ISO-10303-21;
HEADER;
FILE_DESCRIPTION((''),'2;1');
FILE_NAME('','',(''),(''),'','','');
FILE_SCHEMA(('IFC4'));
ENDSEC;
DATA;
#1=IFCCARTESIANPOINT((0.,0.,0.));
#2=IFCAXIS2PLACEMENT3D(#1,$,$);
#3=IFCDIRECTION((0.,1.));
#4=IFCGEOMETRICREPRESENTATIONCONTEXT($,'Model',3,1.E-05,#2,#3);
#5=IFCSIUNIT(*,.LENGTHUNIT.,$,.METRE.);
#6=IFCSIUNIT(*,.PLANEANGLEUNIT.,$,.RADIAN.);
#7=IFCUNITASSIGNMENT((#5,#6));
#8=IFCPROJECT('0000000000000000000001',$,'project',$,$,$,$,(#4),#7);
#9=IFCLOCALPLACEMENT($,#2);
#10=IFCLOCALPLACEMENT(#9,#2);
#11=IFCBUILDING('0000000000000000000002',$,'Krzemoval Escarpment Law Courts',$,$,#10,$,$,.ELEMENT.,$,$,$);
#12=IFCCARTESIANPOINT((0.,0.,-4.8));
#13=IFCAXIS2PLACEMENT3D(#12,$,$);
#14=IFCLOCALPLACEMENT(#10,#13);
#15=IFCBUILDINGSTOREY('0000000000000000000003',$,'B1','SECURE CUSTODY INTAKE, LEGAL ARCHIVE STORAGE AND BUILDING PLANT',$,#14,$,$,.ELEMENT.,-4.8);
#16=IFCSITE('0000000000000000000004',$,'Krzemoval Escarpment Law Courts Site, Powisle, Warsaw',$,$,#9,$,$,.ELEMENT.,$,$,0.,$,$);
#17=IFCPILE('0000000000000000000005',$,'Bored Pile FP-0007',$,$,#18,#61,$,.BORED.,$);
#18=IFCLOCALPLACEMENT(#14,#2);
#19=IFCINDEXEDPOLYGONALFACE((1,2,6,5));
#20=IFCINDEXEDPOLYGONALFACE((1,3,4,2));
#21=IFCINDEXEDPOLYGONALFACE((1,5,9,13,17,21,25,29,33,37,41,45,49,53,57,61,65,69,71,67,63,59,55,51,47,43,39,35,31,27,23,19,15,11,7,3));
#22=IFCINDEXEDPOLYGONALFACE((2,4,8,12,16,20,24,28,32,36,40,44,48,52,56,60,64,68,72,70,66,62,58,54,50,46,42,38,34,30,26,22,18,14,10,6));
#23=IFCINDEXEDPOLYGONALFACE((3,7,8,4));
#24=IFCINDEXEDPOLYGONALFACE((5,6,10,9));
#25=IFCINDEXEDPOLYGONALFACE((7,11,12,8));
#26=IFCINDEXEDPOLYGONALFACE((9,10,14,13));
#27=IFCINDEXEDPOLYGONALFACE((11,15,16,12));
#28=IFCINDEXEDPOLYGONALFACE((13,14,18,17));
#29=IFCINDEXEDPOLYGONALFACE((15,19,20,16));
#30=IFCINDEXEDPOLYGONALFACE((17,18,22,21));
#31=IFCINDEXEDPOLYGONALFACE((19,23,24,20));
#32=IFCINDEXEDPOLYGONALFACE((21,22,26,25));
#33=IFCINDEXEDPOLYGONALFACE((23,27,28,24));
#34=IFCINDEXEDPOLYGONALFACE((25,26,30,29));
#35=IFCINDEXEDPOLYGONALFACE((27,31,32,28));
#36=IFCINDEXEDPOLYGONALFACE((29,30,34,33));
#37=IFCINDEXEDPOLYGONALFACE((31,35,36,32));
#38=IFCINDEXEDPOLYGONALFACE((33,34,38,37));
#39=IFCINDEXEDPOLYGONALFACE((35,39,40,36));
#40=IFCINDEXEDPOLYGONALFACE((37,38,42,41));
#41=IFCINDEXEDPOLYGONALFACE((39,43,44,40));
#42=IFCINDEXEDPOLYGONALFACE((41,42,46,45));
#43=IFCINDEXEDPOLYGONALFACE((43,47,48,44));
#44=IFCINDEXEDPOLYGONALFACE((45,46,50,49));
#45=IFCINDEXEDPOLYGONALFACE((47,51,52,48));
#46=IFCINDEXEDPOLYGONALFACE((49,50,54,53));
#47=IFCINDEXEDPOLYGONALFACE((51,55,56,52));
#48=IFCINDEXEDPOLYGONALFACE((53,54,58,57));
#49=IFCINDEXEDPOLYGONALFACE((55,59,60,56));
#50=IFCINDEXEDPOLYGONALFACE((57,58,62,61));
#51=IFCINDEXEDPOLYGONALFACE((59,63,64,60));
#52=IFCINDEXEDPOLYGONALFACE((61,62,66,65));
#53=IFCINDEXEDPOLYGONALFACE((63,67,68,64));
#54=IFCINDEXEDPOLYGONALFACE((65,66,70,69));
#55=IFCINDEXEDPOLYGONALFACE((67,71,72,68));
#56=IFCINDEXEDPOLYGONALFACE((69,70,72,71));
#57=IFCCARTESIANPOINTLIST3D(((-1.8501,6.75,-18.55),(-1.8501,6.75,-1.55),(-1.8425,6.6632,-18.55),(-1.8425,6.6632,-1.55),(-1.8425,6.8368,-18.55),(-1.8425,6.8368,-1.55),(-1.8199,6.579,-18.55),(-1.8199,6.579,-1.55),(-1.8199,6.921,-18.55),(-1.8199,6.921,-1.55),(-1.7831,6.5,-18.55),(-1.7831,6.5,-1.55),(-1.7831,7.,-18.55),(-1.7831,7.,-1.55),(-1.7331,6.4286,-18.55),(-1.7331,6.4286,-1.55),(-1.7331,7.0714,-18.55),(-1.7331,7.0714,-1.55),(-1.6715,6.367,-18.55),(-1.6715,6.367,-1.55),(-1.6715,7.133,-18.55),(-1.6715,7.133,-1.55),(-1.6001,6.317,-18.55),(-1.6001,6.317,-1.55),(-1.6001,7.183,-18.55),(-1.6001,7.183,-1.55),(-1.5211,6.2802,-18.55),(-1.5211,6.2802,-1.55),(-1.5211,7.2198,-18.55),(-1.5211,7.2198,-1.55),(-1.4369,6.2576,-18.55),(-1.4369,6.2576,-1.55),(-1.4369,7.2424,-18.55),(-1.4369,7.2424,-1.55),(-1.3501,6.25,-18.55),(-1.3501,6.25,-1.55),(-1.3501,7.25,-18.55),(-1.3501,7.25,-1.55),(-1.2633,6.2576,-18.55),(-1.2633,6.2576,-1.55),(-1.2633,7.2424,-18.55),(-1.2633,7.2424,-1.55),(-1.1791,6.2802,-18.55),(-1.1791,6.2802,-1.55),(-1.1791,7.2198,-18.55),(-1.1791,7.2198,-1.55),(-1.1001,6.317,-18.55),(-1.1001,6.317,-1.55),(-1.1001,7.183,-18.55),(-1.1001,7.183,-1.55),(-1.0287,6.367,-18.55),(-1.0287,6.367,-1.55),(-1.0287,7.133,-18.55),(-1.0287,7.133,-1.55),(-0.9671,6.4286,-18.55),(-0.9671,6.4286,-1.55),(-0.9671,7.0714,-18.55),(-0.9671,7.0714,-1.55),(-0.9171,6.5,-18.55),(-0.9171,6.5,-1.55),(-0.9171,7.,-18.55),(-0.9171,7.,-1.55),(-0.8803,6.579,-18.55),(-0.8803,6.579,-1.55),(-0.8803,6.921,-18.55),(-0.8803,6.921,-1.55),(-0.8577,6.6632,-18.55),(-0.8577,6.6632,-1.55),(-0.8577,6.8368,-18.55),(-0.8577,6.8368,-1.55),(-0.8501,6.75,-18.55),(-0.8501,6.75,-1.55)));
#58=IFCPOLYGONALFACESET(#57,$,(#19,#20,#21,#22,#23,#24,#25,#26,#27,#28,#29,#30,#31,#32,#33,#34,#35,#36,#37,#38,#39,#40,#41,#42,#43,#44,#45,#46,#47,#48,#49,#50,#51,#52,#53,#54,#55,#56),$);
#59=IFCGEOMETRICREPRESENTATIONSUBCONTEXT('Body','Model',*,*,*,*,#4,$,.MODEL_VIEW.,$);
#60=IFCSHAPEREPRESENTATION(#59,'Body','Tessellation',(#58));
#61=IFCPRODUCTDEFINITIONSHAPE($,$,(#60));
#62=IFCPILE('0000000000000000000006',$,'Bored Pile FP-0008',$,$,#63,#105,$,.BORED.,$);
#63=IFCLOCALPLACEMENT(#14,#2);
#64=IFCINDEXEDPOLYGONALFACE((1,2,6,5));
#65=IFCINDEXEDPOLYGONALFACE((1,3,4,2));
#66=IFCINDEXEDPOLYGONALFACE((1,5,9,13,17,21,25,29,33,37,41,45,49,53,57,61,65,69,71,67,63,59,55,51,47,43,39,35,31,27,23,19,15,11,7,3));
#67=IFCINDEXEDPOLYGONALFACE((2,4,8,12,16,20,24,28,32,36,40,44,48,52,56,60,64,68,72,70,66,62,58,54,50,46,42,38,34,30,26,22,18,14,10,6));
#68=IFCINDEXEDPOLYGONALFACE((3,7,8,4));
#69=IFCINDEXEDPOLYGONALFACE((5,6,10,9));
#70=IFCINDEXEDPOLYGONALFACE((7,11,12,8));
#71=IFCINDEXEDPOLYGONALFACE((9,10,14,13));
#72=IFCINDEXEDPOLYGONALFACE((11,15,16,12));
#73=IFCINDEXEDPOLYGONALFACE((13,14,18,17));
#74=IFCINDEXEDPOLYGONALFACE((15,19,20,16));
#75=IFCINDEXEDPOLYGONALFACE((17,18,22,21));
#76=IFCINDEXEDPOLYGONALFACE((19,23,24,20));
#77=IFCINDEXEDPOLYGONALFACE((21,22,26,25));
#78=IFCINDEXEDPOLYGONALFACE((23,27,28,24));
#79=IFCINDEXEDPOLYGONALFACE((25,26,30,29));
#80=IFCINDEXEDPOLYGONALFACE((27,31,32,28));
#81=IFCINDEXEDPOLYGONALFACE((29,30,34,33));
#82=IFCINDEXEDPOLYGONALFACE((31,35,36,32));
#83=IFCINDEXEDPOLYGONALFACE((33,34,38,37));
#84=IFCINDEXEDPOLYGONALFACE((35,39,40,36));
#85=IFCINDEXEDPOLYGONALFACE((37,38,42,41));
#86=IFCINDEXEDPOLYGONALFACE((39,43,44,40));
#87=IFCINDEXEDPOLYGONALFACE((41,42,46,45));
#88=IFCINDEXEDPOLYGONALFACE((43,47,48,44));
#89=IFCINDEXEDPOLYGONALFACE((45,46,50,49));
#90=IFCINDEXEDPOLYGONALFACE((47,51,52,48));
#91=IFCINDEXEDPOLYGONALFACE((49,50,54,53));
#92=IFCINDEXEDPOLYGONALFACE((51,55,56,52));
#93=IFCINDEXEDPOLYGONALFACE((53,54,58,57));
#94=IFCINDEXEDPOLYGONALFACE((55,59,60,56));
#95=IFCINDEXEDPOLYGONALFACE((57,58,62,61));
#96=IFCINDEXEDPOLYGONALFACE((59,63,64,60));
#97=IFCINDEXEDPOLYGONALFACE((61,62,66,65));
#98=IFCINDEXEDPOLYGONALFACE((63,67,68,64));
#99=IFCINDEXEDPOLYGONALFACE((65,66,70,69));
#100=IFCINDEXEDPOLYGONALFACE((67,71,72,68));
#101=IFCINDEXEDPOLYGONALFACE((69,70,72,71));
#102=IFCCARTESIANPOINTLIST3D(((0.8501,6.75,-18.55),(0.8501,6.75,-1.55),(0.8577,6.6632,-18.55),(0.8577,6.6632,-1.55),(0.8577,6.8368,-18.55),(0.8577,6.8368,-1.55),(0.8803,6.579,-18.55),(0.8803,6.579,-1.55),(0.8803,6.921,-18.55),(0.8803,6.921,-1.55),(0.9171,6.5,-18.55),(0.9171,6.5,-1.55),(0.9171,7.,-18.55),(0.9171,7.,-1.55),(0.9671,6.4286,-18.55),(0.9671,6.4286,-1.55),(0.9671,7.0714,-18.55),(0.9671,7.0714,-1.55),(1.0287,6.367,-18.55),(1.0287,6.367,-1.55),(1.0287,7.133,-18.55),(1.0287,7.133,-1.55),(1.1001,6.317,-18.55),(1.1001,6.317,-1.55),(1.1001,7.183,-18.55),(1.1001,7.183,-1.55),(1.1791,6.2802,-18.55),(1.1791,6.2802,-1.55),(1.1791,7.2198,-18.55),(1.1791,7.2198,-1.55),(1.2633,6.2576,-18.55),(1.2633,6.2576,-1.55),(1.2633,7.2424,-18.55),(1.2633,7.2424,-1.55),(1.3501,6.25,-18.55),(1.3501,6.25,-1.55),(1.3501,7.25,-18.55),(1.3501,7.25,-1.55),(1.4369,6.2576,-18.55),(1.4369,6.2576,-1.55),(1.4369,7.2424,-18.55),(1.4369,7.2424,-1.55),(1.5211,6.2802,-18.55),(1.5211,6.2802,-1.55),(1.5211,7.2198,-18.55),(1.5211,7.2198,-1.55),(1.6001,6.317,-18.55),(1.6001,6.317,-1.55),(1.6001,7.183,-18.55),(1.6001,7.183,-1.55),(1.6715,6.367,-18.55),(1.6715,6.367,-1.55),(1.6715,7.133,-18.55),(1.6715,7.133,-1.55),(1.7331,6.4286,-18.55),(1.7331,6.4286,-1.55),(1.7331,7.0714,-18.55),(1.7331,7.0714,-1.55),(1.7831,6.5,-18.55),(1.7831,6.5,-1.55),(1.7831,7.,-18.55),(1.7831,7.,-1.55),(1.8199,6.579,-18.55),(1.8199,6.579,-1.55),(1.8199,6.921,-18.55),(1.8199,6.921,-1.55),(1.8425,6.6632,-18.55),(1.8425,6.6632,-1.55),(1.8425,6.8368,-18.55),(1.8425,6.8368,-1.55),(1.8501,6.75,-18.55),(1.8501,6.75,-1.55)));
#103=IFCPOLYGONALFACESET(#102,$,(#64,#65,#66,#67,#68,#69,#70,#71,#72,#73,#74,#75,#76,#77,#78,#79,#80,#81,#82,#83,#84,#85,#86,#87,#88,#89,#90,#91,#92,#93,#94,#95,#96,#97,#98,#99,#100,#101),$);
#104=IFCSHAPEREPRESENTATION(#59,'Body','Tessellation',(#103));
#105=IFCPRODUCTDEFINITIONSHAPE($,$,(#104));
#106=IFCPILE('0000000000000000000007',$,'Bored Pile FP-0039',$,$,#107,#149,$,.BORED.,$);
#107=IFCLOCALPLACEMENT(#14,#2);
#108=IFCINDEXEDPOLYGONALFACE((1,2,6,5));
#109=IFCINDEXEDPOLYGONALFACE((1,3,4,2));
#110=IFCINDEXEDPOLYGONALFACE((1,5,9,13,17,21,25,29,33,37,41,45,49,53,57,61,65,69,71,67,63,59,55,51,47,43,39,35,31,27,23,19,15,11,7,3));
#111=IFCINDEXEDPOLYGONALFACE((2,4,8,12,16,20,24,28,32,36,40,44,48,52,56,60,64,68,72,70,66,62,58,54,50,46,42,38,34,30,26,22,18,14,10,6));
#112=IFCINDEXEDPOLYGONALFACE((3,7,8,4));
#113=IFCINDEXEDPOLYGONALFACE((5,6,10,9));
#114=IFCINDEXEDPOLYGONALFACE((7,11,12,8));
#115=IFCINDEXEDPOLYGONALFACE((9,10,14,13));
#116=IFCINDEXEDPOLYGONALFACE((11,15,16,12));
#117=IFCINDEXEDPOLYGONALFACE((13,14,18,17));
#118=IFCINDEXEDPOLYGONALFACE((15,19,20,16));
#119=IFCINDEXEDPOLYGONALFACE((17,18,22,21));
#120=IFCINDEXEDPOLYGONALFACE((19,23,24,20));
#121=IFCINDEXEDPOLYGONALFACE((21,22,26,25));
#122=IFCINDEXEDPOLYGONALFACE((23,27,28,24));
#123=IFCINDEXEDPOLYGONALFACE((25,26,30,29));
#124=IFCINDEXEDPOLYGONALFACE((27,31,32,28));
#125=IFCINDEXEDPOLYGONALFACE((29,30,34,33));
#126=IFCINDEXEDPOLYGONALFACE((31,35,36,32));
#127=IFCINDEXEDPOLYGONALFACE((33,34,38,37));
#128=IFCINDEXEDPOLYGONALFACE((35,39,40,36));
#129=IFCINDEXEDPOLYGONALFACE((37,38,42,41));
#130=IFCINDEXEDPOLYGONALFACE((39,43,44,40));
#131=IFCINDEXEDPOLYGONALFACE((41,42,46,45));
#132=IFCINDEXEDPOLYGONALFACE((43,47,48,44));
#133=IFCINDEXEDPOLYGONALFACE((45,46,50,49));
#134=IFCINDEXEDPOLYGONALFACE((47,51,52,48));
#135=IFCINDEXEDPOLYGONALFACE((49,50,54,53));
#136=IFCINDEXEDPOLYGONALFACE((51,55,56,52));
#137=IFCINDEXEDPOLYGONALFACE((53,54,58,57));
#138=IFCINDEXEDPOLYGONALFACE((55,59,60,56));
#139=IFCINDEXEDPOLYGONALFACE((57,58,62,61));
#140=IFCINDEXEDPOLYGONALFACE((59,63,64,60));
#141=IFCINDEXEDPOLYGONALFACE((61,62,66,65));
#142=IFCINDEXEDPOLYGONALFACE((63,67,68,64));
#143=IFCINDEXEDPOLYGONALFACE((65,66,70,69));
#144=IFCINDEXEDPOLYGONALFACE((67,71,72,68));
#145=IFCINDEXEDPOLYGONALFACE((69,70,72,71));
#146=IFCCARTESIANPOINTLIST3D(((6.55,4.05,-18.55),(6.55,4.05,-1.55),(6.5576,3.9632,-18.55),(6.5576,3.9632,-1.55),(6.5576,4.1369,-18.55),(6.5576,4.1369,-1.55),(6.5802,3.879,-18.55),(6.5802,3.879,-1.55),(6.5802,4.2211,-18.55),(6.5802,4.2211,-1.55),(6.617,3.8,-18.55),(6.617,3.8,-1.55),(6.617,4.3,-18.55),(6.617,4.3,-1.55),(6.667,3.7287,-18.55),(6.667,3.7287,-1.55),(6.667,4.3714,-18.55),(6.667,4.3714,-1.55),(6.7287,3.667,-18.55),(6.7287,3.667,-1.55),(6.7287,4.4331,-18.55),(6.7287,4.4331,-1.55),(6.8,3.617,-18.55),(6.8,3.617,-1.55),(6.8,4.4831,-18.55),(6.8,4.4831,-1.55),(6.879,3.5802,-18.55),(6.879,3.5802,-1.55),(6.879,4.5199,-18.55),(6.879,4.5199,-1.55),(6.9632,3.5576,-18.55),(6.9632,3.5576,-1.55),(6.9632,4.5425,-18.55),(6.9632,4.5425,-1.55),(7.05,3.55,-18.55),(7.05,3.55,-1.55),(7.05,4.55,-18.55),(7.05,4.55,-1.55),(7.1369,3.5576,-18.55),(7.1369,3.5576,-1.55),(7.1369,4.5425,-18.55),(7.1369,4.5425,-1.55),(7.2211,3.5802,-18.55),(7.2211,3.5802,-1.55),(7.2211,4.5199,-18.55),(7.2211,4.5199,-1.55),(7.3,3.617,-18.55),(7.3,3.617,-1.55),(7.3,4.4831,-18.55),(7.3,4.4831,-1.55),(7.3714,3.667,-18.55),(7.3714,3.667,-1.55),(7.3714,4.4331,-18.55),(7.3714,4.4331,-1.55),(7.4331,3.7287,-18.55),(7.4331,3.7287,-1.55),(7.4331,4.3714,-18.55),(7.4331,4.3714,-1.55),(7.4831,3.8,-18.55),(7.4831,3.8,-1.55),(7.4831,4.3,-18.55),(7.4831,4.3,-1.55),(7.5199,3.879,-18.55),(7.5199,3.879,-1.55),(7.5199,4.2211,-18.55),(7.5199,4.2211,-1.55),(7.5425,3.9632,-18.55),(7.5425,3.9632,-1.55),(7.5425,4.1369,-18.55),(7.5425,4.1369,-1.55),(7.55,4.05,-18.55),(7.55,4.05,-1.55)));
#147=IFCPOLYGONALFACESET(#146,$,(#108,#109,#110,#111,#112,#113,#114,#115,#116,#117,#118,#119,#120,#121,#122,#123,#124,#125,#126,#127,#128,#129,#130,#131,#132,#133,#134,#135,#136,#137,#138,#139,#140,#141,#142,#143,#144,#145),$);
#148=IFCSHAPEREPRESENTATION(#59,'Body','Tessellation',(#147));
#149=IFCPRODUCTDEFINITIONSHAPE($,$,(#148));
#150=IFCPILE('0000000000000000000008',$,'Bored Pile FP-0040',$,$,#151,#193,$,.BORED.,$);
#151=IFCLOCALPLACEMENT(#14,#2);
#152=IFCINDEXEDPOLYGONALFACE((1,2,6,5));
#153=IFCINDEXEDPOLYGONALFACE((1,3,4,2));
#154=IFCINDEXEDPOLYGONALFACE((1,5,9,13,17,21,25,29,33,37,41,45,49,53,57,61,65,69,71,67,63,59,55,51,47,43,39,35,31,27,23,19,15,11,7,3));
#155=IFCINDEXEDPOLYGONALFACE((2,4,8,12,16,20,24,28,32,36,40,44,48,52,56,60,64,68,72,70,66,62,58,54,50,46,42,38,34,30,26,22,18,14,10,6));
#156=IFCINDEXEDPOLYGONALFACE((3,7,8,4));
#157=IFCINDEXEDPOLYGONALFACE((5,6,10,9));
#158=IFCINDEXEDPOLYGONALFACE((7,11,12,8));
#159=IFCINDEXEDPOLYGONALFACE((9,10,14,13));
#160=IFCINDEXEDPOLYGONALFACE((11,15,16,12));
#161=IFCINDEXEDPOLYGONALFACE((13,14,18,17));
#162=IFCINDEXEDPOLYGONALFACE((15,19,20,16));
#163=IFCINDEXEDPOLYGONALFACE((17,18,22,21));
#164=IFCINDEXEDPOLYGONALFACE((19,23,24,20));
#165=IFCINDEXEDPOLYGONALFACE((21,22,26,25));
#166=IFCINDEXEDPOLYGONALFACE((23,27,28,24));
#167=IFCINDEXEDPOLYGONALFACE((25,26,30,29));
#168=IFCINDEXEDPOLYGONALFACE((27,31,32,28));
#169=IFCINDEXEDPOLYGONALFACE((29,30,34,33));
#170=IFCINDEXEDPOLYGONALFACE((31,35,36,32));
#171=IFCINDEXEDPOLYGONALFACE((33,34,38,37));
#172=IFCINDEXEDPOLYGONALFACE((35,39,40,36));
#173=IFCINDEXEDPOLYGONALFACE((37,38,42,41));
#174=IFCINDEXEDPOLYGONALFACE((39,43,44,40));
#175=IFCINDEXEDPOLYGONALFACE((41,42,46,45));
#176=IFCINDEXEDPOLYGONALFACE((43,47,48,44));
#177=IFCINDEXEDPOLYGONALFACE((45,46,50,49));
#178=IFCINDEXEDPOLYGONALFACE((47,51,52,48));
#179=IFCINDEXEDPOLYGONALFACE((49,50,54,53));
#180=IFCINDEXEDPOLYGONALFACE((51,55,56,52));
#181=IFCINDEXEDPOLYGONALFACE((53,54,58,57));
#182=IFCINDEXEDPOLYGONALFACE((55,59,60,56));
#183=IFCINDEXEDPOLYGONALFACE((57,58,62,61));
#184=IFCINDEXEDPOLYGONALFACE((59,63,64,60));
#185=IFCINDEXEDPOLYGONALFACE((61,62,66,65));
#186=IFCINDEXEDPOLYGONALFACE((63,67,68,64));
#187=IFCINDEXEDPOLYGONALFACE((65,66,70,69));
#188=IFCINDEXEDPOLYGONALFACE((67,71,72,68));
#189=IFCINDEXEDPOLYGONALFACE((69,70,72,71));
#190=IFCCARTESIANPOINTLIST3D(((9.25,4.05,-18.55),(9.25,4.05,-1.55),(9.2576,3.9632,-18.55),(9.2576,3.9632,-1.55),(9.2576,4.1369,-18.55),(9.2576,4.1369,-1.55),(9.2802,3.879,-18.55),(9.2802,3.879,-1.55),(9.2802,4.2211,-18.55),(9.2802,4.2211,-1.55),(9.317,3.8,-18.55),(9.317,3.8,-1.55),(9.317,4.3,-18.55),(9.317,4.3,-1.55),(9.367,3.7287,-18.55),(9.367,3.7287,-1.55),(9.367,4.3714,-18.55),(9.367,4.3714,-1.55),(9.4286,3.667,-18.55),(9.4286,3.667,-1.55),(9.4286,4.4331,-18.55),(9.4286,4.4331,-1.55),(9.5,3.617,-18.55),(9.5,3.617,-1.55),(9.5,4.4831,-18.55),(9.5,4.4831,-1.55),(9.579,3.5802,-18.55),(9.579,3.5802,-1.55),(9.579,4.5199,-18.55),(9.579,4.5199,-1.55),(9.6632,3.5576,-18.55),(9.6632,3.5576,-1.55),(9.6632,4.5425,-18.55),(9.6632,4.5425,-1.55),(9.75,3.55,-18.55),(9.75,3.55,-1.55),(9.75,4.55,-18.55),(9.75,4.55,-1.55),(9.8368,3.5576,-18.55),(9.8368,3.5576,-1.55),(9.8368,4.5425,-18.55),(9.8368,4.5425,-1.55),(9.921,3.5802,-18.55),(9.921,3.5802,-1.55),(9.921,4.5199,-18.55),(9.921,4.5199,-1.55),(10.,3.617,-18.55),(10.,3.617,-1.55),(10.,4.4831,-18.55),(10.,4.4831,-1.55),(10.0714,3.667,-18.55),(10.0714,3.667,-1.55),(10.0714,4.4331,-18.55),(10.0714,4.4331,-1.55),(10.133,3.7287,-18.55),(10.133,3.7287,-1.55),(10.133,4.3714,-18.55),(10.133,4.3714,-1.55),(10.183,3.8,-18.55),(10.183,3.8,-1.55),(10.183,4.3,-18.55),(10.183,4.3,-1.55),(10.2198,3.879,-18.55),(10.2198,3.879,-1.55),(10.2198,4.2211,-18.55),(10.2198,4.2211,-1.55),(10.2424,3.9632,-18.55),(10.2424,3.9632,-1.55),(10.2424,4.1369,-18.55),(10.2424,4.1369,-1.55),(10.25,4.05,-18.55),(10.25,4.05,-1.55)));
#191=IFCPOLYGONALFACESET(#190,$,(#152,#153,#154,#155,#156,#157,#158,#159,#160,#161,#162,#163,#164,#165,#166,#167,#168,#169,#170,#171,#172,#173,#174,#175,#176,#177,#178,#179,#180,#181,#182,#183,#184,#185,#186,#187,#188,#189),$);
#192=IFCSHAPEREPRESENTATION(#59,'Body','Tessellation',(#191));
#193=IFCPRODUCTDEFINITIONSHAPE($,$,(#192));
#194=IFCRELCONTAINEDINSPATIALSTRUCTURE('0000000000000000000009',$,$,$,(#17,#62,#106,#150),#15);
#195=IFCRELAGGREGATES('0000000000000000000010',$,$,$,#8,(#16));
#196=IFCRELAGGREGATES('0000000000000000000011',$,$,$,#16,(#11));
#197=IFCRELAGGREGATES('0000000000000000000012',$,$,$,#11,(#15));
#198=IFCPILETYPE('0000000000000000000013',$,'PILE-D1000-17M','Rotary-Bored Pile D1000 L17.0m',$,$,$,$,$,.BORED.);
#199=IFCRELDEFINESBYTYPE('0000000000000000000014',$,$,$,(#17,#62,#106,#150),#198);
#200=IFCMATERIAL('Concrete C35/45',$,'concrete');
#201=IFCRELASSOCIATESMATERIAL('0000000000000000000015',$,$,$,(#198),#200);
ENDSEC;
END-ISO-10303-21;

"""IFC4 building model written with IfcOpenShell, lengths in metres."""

from ifc_helpers import new_model, si_unit, direction, frame, origin, origin_2d, place, context, subcontext, project, spatial, circle, extrude, material, material_profile, profile_set, type_object, element, save


model = new_model("IFC4")

# Units and contexts
model_context = context("Model", 3, precision=1e-05, world=origin(), true_north=direction((0.0, 1.0)))
body_context = subcontext(model_context, "Body", "Model", "MODEL_VIEW")
ifc_project = project(units=[si_unit("LENGTHUNIT", "METRE"), si_unit("PLANEANGLEUNIT", "RADIAN")], contexts=[model_context])

# Site, building, storey
site_placement = place(None, origin())
site = spatial("IfcSite", under=ifc_project, at=site_placement, Name="Krzemoval Escarpment Law Courts Site, Powisle, Warsaw", CompositionType="ELEMENT", RefElevation=0.0)
building_placement = place(site_placement, origin())
building = spatial("IfcBuilding", under=site, at=building_placement, Name="Krzemoval Escarpment Law Courts", CompositionType="ELEMENT")
storey_placement = place(building_placement, frame((0.0, 0.0, -4.8)))
storey = spatial("IfcBuildingStorey", under=building, at=storey_placement, Name="B1", Description="SECURE CUSTODY INTAKE, LEGAL ARCHIVE STORAGE AND BUILDING PLANT", CompositionType="ELEMENT", Elevation=-4.8)

# Piles
ifc_material_1 = material(Name="Concrete C35/45", Category="concrete")
ifc_material_profile_1 = material_profile(ifc_material_1, circle(Radius=0.5, at=origin_2d()), Name="PILE D1000")
ifc_profile_set_1 = profile_set([ifc_material_profile_1], Name="Concrete C35/45")
pile_type = type_object("IfcPileType", Name="PILE-D1000-17M", Description="Rotary-Bored Pile D1000 L17.0m", PredefinedType="BORED", material=ifc_profile_set_1)
for number, where, z_axis, x_axis, name in (
    (1, (-1.3501, 6.75, -1.55), (0.0, 0.0, -1.0), (1.0, 0.0, 0.0), "Bored Pile FP-0007"),
    (2, (1.3501, 6.75, -1.55), (0.0, 0.0, -1.0), (1.0, 0.0, 0.0), "Bored Pile FP-0008"),
    (3, (7.05, 4.05, -1.55), (0.0, 0.0, -1.0), (1.0, 0.0, 0.0), "Bored Pile FP-0039"),
    (4, (9.75, 4.05, -1.55), (0.0, 0.0, -1.0), (1.0, 0.0, 0.0), "Bored Pile FP-0040"),
):
    element("IfcPile", number, at=place(storey_placement, frame(where, z_axis=z_axis, x_axis=x_axis)), inside=storey, type_object=pile_type, Name=name, PredefinedType="BORED", context=body_context, shape_type="SweptSolid", body=[
        extrude(circle(Radius=0.5, at=origin_2d()), origin(), (0.0, 0.0, 1.0), 17.0),
    ])

save(model, "model.ifc")
